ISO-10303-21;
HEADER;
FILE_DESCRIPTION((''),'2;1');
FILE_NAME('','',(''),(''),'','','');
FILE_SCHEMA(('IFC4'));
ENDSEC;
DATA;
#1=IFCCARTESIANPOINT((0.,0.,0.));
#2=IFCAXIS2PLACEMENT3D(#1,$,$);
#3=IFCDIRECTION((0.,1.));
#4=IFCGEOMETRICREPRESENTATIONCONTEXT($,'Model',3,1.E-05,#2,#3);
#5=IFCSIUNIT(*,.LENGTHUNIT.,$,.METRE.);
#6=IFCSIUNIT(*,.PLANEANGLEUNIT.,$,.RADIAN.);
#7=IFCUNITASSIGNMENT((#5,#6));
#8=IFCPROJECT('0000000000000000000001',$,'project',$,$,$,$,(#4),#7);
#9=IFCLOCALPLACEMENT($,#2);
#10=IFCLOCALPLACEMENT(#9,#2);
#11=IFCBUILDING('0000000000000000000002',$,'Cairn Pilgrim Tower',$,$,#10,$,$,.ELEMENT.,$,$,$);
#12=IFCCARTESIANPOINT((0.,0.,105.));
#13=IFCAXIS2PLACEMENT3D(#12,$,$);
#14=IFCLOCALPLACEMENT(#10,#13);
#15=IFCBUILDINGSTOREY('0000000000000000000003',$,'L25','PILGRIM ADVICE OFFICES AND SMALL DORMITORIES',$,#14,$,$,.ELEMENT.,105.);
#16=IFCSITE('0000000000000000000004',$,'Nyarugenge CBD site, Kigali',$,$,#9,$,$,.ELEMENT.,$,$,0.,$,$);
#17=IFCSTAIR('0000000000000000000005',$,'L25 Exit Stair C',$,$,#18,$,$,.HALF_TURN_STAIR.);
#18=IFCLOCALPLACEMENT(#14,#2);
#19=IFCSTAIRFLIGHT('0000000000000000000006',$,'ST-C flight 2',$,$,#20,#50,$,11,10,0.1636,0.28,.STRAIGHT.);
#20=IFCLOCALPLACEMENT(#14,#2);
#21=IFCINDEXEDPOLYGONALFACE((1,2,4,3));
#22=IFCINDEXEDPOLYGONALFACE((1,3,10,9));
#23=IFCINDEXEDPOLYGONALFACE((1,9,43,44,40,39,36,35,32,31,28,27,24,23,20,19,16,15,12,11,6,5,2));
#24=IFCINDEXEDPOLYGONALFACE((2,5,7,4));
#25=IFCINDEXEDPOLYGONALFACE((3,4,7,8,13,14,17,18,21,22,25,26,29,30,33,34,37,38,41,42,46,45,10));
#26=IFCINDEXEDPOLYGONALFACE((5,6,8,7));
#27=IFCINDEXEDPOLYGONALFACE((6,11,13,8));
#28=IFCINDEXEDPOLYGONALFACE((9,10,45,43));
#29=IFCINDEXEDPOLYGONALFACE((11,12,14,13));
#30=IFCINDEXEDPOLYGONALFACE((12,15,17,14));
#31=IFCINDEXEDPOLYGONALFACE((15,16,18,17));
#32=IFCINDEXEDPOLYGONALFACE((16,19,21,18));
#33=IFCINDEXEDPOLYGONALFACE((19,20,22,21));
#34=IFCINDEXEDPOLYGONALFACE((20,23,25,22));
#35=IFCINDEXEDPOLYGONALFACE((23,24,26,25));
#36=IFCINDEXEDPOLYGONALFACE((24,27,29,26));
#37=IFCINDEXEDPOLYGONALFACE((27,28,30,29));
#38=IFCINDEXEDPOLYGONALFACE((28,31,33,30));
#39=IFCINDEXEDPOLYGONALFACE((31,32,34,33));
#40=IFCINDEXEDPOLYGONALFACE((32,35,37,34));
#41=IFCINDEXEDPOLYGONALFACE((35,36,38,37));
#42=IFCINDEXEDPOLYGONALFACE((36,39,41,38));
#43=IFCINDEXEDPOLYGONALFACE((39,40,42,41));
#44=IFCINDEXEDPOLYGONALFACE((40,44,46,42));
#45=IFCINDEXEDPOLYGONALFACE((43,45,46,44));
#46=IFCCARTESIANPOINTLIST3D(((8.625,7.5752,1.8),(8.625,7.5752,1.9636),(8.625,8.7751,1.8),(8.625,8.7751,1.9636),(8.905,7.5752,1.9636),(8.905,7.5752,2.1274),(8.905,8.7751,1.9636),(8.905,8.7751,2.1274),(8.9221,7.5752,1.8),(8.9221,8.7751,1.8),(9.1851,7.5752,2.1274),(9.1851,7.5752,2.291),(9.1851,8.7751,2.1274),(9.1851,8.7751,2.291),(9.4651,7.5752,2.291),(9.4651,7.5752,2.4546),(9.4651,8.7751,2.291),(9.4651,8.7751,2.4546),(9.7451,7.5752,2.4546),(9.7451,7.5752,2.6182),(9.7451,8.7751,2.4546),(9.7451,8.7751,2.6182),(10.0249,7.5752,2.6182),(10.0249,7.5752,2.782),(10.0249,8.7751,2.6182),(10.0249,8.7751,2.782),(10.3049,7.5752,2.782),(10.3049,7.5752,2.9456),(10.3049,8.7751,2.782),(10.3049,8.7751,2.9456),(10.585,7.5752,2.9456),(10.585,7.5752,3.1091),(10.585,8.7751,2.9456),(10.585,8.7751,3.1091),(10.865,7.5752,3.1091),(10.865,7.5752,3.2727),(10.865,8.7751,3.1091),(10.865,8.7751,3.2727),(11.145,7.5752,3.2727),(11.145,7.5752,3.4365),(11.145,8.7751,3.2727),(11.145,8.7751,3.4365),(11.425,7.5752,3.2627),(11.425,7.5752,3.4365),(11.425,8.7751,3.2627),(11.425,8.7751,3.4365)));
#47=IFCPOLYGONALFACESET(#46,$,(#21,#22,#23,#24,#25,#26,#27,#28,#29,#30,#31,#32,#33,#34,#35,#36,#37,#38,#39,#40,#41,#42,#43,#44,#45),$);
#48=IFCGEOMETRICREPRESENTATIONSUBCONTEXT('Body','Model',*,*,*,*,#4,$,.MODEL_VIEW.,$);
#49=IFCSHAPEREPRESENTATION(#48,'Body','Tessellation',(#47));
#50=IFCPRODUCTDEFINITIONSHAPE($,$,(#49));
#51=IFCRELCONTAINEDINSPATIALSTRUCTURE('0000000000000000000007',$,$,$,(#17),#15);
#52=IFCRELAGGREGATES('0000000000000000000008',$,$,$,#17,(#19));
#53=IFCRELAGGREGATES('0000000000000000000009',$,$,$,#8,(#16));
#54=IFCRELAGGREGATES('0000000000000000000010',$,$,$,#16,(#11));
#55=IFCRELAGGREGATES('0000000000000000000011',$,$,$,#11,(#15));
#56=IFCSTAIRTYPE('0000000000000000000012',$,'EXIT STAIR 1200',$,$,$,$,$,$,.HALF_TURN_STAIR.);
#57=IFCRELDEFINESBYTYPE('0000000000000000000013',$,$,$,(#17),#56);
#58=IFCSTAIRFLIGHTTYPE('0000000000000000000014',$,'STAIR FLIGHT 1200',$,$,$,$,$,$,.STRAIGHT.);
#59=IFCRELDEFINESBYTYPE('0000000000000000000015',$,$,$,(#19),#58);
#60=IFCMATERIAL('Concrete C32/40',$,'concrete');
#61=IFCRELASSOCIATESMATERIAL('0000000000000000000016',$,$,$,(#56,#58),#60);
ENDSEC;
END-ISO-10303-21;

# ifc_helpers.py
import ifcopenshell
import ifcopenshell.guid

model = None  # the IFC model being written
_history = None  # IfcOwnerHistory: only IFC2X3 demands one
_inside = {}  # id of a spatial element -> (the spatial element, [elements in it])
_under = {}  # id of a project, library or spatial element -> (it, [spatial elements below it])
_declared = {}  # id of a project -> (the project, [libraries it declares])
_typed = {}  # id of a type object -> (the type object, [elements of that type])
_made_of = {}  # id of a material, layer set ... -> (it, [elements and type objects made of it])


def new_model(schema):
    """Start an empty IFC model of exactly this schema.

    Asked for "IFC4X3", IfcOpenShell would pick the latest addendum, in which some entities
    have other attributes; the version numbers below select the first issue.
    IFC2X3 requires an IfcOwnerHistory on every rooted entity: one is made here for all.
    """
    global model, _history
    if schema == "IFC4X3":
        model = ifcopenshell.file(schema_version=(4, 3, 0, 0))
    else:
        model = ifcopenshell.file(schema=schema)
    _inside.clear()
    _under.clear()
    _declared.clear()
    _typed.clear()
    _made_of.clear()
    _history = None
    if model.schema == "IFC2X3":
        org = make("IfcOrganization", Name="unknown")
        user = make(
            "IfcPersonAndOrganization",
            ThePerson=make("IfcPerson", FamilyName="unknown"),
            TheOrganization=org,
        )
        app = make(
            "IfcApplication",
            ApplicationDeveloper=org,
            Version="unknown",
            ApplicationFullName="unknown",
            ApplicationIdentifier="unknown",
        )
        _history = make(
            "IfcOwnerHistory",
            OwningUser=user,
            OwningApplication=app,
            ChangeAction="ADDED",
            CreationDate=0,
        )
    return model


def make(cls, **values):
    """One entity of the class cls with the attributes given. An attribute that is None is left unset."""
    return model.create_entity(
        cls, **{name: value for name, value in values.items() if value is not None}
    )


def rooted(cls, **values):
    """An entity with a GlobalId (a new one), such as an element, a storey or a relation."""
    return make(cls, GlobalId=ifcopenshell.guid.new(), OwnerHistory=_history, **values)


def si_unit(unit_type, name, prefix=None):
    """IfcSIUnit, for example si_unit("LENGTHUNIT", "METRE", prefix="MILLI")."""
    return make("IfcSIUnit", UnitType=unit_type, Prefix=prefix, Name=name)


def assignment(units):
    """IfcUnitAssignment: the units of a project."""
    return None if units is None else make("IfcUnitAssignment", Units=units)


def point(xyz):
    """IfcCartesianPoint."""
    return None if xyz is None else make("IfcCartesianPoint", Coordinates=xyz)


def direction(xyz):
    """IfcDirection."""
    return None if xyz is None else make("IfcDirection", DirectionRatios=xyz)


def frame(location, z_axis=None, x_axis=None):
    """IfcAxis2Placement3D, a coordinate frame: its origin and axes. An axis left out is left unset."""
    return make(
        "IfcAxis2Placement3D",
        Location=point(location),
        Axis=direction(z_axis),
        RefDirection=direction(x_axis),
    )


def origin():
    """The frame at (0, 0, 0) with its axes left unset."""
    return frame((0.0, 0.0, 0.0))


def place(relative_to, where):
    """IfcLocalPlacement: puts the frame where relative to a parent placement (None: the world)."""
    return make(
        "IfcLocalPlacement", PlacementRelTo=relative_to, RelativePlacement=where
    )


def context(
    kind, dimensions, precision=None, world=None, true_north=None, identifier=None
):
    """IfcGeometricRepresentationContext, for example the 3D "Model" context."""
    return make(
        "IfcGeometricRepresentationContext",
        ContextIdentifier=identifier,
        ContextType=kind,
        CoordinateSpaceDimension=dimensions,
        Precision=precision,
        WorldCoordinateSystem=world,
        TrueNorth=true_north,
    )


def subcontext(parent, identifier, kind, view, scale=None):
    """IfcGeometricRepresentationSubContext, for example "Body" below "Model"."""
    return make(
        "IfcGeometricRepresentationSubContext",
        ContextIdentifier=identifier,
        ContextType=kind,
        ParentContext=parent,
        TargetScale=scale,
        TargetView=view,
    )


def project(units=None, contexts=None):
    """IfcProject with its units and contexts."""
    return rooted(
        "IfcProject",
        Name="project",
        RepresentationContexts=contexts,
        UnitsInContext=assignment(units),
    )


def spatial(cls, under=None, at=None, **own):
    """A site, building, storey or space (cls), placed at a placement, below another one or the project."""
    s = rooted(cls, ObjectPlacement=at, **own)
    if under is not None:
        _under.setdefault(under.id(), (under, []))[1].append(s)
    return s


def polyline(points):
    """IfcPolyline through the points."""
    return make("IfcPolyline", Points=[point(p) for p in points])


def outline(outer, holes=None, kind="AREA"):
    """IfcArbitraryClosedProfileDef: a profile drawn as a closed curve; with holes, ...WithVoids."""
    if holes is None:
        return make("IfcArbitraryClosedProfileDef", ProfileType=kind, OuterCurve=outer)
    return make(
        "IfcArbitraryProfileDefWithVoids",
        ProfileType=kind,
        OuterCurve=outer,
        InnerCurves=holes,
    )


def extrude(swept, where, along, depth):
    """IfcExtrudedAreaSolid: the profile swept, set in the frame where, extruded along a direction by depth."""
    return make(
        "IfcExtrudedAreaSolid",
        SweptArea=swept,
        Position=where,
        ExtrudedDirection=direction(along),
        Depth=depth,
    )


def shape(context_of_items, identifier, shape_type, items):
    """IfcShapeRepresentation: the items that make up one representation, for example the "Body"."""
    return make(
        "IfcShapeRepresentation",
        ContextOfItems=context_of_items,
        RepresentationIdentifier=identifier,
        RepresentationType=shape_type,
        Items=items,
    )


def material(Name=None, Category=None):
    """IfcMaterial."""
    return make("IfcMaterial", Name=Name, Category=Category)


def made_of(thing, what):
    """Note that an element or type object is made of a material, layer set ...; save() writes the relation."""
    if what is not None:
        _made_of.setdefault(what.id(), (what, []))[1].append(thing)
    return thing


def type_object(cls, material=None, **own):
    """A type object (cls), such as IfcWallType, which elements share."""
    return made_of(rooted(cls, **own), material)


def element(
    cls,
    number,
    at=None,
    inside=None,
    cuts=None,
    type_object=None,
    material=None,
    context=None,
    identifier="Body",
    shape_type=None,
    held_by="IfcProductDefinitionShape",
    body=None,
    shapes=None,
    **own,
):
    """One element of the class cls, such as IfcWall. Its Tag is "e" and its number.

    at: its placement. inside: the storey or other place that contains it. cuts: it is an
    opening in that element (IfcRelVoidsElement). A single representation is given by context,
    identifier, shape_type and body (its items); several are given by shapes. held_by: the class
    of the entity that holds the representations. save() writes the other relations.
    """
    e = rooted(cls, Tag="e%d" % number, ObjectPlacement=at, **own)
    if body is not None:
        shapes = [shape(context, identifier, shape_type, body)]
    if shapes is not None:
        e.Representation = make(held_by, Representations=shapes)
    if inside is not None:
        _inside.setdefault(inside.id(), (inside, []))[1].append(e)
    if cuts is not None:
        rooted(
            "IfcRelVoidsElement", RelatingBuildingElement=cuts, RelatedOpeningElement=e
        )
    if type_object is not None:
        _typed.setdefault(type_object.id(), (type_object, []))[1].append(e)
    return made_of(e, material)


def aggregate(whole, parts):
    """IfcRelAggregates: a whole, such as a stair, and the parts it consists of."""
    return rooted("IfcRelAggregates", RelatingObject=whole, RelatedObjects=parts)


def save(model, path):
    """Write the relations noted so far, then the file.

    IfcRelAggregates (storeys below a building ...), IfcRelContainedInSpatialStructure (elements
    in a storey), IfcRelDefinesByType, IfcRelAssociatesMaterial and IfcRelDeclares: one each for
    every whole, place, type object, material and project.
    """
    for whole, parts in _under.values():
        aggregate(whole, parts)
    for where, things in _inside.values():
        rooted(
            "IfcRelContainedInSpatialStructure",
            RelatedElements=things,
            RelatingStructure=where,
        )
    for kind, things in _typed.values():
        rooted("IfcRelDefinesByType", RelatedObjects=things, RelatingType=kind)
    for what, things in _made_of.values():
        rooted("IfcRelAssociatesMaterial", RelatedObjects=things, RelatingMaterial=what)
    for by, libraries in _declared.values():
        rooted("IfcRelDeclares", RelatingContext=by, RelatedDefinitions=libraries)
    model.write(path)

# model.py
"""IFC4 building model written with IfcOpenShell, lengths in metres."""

from ifc_helpers import new_model, si_unit, direction, frame, origin, place, context, subcontext, project, spatial, polyline, outline, extrude, material, type_object, element, aggregate, save


model = new_model("IFC4")

# Units and contexts
model_context = context("Model", 3, precision=1e-05, world=origin(), true_north=direction((0.0, 1.0)))
body_context = subcontext(model_context, "Body", "Model", "MODEL_VIEW")
ifc_project = project(units=[si_unit("LENGTHUNIT", "METRE"), si_unit("PLANEANGLEUNIT", "RADIAN")], contexts=[model_context])

# Site, building, storey
site_placement = place(None, origin())
site = spatial("IfcSite", under=ifc_project, at=site_placement, Name="Nyarugenge CBD site, Kigali", CompositionType="ELEMENT", RefElevation=0.0)
building_placement = place(site_placement, origin())
building = spatial("IfcBuilding", under=site, at=building_placement, Name="Cairn Pilgrim Tower", CompositionType="ELEMENT")
storey_placement = place(building_placement, frame((0.0, 0.0, 105.0)))
storey = spatial("IfcBuildingStorey", under=building, at=storey_placement, Name="L25", Description="PILGRIM ADVICE OFFICES AND SMALL DORMITORIES", CompositionType="ELEMENT", Elevation=105.0)

# Shared definitions
ifc_material_1 = material(Name="Concrete C32/40", Category="concrete")

# Shared definitions
stair_type = type_object("IfcStairType", Name="EXIT STAIR 1200", PredefinedType="HALF_TURN_STAIR", material=ifc_material_1)
stair_flight_type = type_object("IfcStairFlightType", Name="STAIR FLIGHT 1200", PredefinedType="STRAIGHT", material=ifc_material_1)

# Stair, stair flight
stair_1_placement = place(storey_placement, origin())
stair_1 = element("IfcStair", 1, at=stair_1_placement, inside=storey, type_object=stair_type, Name="L25 Exit Stair C", PredefinedType="HALF_TURN_STAIR")
stair_flight_1_placement = place(storey_placement, frame((8.625, 8.175, 1.8), z_axis=(0.0, 0.0, 1.0), x_axis=(1.0, 0.0, 0.0)))
stair_flight_1 = element("IfcStairFlight", 2, at=stair_flight_1_placement, type_object=stair_flight_type, Name="ST-C flight 2", NumberOfRisers=11, NumberOfTreads=10, PredefinedType="STRAIGHT", RiserHeight=0.1636, TreadLength=0.28, context=body_context, shape_type="SweptSolid", body=[
    extrude(outline(polyline([(0.0, 0.0), (0.0, 0.1636), (0.28, 0.1636), (0.28, 0.3274), (0.5601, 0.3274), (0.5601, 0.491), (0.8401, 0.491), (0.8401, 0.6545), (1.1201, 0.6545), (1.1201, 0.8181), (1.3999, 0.8181), (1.3999, 0.9819), (1.6799, 0.9819), (1.6799, 1.1455), (1.96, 1.1455), (1.96, 1.3091), (2.24, 1.3091), (2.24, 1.4727), (2.52, 1.4727), (2.52, 1.6365), (2.8, 1.6365), (2.8, 1.8), (2.8, 1.4626), (0.2971, 0.0), (0.0, 0.0)])), frame((0.0, 0.6001, 0.0), z_axis=(0.0, -1.0, 0.0), x_axis=(1.0, 0.0, 0.0)), (0.0, 0.0, 1.0), 1.2),
])
aggregate(stair_1, [stair_flight_1])

save(model, "model.ifc")
